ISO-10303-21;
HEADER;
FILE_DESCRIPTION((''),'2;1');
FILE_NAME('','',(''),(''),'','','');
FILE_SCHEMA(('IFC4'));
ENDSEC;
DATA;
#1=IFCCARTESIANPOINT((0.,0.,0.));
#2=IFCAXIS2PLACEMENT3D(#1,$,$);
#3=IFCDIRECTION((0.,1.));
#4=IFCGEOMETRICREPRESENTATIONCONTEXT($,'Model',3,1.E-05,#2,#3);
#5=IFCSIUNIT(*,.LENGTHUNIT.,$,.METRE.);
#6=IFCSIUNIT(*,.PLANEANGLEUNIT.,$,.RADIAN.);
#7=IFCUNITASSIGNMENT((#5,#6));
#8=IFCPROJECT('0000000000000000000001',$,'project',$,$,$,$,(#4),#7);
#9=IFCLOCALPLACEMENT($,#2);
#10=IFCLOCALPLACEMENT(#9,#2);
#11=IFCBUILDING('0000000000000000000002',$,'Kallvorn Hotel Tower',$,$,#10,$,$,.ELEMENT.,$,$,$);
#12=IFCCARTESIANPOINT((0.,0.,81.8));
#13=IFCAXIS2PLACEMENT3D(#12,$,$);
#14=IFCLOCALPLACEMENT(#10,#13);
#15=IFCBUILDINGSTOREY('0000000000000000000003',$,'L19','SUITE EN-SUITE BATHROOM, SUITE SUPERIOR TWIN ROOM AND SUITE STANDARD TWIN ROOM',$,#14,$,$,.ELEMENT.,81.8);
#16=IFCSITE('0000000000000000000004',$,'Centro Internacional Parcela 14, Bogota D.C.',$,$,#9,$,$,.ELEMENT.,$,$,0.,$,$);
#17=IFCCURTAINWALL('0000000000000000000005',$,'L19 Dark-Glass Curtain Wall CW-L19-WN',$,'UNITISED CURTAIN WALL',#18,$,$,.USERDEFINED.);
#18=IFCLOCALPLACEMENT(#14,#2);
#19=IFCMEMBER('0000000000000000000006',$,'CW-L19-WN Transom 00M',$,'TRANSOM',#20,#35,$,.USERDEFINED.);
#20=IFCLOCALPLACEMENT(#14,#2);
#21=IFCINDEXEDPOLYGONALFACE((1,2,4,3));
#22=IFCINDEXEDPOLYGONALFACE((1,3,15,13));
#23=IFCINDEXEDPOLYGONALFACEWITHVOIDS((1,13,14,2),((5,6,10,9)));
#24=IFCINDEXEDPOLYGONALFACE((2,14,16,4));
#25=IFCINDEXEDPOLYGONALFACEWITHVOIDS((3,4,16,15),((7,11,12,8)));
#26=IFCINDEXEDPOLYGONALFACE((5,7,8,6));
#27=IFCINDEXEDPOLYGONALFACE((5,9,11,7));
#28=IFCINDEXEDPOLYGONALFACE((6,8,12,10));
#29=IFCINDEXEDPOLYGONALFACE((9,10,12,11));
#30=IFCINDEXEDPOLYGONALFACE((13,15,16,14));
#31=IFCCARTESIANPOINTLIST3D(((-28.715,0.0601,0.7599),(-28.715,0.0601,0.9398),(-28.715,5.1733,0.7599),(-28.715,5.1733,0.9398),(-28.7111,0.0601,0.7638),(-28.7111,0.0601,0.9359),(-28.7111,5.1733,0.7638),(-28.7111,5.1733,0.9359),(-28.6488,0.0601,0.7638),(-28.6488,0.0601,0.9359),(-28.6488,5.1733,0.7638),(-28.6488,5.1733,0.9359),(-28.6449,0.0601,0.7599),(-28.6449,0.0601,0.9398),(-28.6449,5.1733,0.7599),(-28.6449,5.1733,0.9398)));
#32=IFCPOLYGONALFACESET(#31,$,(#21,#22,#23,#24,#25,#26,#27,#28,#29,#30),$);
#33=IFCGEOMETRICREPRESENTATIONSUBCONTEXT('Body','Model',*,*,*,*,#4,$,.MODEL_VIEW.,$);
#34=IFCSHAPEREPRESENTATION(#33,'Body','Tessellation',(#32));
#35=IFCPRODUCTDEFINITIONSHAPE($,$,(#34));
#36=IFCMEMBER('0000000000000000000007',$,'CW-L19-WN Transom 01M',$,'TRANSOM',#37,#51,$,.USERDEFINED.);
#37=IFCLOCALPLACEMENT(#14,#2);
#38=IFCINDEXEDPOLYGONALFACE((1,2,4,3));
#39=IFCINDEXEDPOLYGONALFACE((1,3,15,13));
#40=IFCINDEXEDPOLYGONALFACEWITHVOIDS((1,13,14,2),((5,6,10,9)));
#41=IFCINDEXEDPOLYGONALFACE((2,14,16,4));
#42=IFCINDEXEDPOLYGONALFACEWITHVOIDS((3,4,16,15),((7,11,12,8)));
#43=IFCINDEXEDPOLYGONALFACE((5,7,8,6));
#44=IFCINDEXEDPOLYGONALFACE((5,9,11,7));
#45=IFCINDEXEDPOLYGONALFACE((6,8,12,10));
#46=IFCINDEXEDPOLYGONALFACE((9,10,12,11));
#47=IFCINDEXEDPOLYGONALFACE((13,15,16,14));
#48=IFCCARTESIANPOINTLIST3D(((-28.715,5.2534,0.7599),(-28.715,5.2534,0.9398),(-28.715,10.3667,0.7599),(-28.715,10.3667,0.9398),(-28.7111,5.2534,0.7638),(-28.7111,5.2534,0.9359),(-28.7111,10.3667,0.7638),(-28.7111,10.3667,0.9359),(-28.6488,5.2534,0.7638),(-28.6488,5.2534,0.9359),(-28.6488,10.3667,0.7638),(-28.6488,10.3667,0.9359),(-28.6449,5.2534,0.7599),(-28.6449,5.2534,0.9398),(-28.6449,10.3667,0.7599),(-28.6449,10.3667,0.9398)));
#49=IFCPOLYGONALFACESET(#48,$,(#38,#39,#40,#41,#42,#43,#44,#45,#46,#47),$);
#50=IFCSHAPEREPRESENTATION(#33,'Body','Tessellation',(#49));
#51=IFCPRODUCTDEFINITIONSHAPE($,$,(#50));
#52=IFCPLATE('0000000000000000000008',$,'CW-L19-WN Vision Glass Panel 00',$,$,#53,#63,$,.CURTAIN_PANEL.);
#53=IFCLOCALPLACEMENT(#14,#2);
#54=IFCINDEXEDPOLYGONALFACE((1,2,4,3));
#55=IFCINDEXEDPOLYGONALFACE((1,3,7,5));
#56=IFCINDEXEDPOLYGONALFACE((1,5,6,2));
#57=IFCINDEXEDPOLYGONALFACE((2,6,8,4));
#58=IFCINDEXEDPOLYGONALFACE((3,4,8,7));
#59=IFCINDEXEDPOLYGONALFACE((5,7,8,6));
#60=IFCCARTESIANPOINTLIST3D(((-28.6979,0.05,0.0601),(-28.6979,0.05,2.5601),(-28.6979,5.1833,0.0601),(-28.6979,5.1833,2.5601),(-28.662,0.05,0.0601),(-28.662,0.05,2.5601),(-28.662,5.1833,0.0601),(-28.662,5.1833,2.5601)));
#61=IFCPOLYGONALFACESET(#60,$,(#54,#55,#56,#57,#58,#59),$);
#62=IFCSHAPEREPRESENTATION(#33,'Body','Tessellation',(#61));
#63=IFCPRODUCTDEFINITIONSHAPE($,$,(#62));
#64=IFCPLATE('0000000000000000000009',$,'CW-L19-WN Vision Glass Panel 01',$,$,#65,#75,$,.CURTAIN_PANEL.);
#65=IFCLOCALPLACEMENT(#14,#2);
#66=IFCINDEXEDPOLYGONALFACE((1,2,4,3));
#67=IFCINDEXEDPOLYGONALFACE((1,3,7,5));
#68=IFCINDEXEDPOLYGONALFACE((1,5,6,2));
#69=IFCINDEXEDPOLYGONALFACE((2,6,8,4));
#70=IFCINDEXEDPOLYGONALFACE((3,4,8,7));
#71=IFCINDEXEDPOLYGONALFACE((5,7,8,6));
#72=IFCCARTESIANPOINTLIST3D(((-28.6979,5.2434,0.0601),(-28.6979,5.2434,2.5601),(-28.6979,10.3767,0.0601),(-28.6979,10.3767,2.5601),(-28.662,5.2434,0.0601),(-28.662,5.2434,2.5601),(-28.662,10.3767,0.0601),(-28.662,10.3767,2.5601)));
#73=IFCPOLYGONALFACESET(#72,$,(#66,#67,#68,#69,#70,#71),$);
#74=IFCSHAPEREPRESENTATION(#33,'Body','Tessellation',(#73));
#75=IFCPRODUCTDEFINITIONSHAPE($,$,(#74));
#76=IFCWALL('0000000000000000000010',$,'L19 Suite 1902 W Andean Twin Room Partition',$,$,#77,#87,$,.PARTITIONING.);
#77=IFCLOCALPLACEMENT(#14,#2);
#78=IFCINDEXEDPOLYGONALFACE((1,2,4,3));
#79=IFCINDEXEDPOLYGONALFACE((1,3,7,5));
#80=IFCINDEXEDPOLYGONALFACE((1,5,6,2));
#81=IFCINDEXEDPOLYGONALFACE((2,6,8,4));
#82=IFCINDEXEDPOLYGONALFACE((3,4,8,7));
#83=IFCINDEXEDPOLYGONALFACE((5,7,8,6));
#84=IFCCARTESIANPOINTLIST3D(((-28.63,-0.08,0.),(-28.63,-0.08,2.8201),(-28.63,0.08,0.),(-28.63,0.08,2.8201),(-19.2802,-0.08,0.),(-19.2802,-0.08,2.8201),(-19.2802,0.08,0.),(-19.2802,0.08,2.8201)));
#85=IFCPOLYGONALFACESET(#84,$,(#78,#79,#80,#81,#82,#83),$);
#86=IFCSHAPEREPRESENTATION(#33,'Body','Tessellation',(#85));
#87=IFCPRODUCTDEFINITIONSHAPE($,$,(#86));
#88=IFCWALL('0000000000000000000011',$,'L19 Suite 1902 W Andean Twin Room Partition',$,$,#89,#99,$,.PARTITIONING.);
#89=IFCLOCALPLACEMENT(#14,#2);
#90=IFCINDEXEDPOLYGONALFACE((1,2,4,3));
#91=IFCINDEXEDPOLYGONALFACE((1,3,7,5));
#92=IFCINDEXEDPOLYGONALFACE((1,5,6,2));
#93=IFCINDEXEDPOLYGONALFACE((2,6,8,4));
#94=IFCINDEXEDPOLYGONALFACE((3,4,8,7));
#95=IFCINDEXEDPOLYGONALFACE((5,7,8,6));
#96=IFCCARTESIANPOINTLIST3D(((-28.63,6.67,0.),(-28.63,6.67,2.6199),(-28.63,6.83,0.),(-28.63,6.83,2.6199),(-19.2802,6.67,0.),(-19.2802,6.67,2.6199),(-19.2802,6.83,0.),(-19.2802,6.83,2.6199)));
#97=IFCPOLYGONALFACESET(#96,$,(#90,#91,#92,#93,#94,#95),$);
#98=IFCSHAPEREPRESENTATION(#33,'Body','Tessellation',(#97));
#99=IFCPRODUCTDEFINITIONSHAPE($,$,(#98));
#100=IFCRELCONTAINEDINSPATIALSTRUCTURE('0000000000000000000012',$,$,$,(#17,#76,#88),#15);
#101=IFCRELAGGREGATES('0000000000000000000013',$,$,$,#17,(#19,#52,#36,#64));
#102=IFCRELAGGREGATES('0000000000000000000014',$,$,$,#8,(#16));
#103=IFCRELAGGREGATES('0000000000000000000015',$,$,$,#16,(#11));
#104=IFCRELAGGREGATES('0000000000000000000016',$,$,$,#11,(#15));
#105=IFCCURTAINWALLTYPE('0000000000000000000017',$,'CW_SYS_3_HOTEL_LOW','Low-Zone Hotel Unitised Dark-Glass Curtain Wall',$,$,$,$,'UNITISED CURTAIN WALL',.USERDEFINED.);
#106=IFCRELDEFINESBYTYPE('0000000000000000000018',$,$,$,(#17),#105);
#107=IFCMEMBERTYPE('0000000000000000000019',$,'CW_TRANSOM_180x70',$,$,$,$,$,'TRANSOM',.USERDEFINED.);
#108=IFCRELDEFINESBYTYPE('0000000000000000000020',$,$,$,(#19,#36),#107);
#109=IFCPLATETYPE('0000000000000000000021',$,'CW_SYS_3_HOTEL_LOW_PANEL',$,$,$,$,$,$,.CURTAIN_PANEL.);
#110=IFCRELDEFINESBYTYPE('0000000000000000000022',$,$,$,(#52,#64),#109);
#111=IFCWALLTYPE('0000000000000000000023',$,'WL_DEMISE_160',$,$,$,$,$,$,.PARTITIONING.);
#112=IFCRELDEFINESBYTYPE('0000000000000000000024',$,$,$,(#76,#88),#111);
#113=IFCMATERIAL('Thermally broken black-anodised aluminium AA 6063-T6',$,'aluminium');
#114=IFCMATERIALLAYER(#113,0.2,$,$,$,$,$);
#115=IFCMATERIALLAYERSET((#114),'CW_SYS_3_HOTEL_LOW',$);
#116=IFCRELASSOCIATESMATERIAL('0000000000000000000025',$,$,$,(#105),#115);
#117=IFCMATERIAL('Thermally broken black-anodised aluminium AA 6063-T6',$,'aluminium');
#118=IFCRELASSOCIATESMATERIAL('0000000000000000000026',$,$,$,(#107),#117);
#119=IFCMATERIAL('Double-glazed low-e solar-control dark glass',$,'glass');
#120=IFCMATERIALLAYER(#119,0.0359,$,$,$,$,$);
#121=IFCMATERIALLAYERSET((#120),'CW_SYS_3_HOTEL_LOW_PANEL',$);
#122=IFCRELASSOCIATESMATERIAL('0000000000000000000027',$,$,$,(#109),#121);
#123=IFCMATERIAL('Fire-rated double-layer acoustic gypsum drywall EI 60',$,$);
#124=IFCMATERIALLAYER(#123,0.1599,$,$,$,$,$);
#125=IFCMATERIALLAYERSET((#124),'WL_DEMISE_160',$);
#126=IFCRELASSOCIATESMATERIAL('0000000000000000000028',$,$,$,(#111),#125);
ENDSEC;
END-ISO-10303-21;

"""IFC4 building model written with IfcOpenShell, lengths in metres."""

from ifc_helpers import new_model, si_unit, direction, frame, frame_2d, origin, origin_2d, place, context, subcontext, project, spatial, rectangle, hollow_rectangle, extrude, material, layer, layer_set, material_profile, profile_set, type_object, element, aggregate, save


model = new_model("IFC4")

# Units and contexts
model_context = context("Model", 3, precision=1e-05, world=origin(), true_north=direction((0.0, 1.0)))
body_context = subcontext(model_context, "Body", "Model", "MODEL_VIEW")
ifc_project = project(units=[si_unit("LENGTHUNIT", "METRE"), si_unit("PLANEANGLEUNIT", "RADIAN")], contexts=[model_context])

# Site, building, storey
site_placement = place(None, origin())
site = spatial("IfcSite", under=ifc_project, at=site_placement, Name="Centro Internacional Parcela 14, Bogota D.C.", CompositionType="ELEMENT", RefElevation=0.0)
building_placement = place(site_placement, origin())
building = spatial("IfcBuilding", under=site, at=building_placement, Name="Kallvorn Hotel Tower", CompositionType="ELEMENT")
storey_placement = place(building_placement, frame((0.0, 0.0, 81.8)))
storey = spatial("IfcBuildingStorey", under=building, at=storey_placement, Name="L19", Description="SUITE EN-SUITE BATHROOM, SUITE SUPERIOR TWIN ROOM AND SUITE STANDARD TWIN ROOM", CompositionType="ELEMENT", Elevation=81.8)

# Curtain wall, members, plates
ifc_material_1 = material(Name="Thermally broken black-anodised aluminium AA 6063-T6", Category="aluminium")
ifc_layer_1 = layer(ifc_material_1, 0.2)
ifc_layer_set_1 = layer_set([ifc_layer_1], Name="CW_SYS_3_HOTEL_LOW")
curtain_wall_type = type_object("IfcCurtainWallType", Name="CW_SYS_3_HOTEL_LOW", Description="Low-Zone Hotel Unitised Dark-Glass Curtain Wall", ElementType="UNITISED CURTAIN WALL", PredefinedType="USERDEFINED", material=ifc_layer_set_1)
curtain_wall_placement = place(storey_placement, origin())
curtain_wall = element("IfcCurtainWall", 1, at=curtain_wall_placement, inside=storey, type_object=curtain_wall_type, Name="L19 Dark-Glass Curtain Wall CW-L19-WN", ObjectType="UNITISED CURTAIN WALL", PredefinedType="USERDEFINED")
ifc_material_2 = material(Name="Thermally broken black-anodised aluminium AA 6063-T6", Category="aluminium")
ifc_material_profile_1 = material_profile(ifc_material_2, hollow_rectangle(XDim=0.0701, YDim=0.1799, WallThickness=0.0039, at=origin_2d()), Name="TRN 180x70")
ifc_profile_set_1 = profile_set([ifc_material_profile_1], Name="Thermally broken black-anodised aluminium AA 6063-T6")
member_type_1 = type_object("IfcMemberType", Name="CW_TRANSOM_180x70", ElementType="TRANSOM", PredefinedType="USERDEFINED", material=ifc_profile_set_1)
member_1_placement = place(storey_placement, frame((-28.6799, 0.0601, 0.8499), z_axis=(0.0, 1.0, 0.0), x_axis=(-1.0, 0.0, 0.0)))
member_1 = element("IfcMember", 2, at=member_1_placement, type_object=member_type_1, Name="CW-L19-WN Transom 00M", ObjectType="TRANSOM", PredefinedType="USERDEFINED", context=body_context, shape_type="SweptSolid", body=[
    extrude(hollow_rectangle(XDim=0.0701, YDim=0.1799, WallThickness=0.0039, at=origin_2d()), origin(), (0.0, 0.0, 1.0), 5.1133),
])
member_2_placement = place(storey_placement, frame((-28.6799, 5.2534, 0.8499), z_axis=(0.0, 1.0, 0.0), x_axis=(-1.0, 0.0, 0.0)))
member_2 = element("IfcMember", 3, at=member_2_placement, type_object=member_type_1, Name="CW-L19-WN Transom 01M", ObjectType="TRANSOM", PredefinedType="USERDEFINED", context=body_context, shape_type="SweptSolid", body=[
    extrude(hollow_rectangle(XDim=0.0701, YDim=0.1799, WallThickness=0.0039, at=origin_2d()), origin(), (0.0, 0.0, 1.0), 5.1133),
])
ifc_material_3 = material(Name="Double-glazed low-e solar-control dark glass", Category="glass")
ifc_layer_2 = layer(ifc_material_3, 0.0359)
ifc_layer_set_2 = layer_set([ifc_layer_2], Name="CW_SYS_3_HOTEL_LOW_PANEL")
plate_type = type_object("IfcPlateType", Name="CW_SYS_3_HOTEL_LOW_PANEL", PredefinedType="CURTAIN_PANEL", material=ifc_layer_set_2)
plate_1_placement = place(storey_placement, frame((-28.6799, 2.6167, 0.0601), z_axis=(0.0, 0.0, 1.0), x_axis=(0.0, 1.0, 0.0)))
plate_1 = element("IfcPlate", 4, at=plate_1_placement, type_object=plate_type, Name="CW-L19-WN Vision Glass Panel 00", PredefinedType="CURTAIN_PANEL", context=body_context, shape_type="SweptSolid", body=[
    extrude(rectangle(XDim=5.1333, YDim=0.0359, at=origin_2d()), origin(), (0.0, 0.0, 1.0), 2.5),
])
plate_2_placement = place(storey_placement, frame((-28.6799, 7.8101, 0.0601), z_axis=(0.0, 0.0, 1.0), x_axis=(0.0, 1.0, 0.0)))
plate_2 = element("IfcPlate", 5, at=plate_2_placement, type_object=plate_type, Name="CW-L19-WN Vision Glass Panel 01", PredefinedType="CURTAIN_PANEL", context=body_context, shape_type="SweptSolid", body=[
    extrude(rectangle(XDim=5.1333, YDim=0.0359, at=origin_2d()), origin(), (0.0, 0.0, 1.0), 2.5),
])
aggregate(curtain_wall, [member_1, plate_1, member_2, plate_2])

# Walls
ifc_material_4 = material(Name="Fire-rated double-layer acoustic gypsum drywall EI 60")
ifc_layer_3 = layer(ifc_material_4, 0.1599)
ifc_layer_set_3 = layer_set([ifc_layer_3], Name="WL_DEMISE_160")
wall_type = type_object("IfcWallType", Name="WL_DEMISE_160", PredefinedType="PARTITIONING", material=ifc_layer_set_3)
wall_1_placement = place(storey_placement, frame((-28.6299, 0.0, 0.0), z_axis=(0.0, 0.0, 1.0), x_axis=(1.0, 0.0, 0.0)))
element("IfcWall", 6, at=wall_1_placement, inside=storey, type_object=wall_type, Name="L19 Suite 1902 W Andean Twin Room Partition", PredefinedType="PARTITIONING", context=body_context, shape_type="SweptSolid", body=[
    extrude(rectangle(XDim=9.3499, YDim=0.1599, at=frame_2d((4.6748, 0.0))), origin(), (0.0, 0.0, 1.0), 2.8201),
])
wall_2_placement = place(storey_placement, frame((-28.6299, 6.75, 0.0), z_axis=(0.0, 0.0, 1.0), x_axis=(1.0, 0.0, 0.0)))
element("IfcWall", 7, at=wall_2_placement, inside=storey, type_object=wall_type, Name="L19 Suite 1902 W Andean Twin Room Partition", PredefinedType="PARTITIONING", context=body_context, shape_type="SweptSolid", body=[
    extrude(rectangle(XDim=9.3499, YDim=0.1599, at=frame_2d((4.6748, 0.0))), origin(), (0.0, 0.0, 1.0), 2.6199),
])

save(model, "model.ifc")
